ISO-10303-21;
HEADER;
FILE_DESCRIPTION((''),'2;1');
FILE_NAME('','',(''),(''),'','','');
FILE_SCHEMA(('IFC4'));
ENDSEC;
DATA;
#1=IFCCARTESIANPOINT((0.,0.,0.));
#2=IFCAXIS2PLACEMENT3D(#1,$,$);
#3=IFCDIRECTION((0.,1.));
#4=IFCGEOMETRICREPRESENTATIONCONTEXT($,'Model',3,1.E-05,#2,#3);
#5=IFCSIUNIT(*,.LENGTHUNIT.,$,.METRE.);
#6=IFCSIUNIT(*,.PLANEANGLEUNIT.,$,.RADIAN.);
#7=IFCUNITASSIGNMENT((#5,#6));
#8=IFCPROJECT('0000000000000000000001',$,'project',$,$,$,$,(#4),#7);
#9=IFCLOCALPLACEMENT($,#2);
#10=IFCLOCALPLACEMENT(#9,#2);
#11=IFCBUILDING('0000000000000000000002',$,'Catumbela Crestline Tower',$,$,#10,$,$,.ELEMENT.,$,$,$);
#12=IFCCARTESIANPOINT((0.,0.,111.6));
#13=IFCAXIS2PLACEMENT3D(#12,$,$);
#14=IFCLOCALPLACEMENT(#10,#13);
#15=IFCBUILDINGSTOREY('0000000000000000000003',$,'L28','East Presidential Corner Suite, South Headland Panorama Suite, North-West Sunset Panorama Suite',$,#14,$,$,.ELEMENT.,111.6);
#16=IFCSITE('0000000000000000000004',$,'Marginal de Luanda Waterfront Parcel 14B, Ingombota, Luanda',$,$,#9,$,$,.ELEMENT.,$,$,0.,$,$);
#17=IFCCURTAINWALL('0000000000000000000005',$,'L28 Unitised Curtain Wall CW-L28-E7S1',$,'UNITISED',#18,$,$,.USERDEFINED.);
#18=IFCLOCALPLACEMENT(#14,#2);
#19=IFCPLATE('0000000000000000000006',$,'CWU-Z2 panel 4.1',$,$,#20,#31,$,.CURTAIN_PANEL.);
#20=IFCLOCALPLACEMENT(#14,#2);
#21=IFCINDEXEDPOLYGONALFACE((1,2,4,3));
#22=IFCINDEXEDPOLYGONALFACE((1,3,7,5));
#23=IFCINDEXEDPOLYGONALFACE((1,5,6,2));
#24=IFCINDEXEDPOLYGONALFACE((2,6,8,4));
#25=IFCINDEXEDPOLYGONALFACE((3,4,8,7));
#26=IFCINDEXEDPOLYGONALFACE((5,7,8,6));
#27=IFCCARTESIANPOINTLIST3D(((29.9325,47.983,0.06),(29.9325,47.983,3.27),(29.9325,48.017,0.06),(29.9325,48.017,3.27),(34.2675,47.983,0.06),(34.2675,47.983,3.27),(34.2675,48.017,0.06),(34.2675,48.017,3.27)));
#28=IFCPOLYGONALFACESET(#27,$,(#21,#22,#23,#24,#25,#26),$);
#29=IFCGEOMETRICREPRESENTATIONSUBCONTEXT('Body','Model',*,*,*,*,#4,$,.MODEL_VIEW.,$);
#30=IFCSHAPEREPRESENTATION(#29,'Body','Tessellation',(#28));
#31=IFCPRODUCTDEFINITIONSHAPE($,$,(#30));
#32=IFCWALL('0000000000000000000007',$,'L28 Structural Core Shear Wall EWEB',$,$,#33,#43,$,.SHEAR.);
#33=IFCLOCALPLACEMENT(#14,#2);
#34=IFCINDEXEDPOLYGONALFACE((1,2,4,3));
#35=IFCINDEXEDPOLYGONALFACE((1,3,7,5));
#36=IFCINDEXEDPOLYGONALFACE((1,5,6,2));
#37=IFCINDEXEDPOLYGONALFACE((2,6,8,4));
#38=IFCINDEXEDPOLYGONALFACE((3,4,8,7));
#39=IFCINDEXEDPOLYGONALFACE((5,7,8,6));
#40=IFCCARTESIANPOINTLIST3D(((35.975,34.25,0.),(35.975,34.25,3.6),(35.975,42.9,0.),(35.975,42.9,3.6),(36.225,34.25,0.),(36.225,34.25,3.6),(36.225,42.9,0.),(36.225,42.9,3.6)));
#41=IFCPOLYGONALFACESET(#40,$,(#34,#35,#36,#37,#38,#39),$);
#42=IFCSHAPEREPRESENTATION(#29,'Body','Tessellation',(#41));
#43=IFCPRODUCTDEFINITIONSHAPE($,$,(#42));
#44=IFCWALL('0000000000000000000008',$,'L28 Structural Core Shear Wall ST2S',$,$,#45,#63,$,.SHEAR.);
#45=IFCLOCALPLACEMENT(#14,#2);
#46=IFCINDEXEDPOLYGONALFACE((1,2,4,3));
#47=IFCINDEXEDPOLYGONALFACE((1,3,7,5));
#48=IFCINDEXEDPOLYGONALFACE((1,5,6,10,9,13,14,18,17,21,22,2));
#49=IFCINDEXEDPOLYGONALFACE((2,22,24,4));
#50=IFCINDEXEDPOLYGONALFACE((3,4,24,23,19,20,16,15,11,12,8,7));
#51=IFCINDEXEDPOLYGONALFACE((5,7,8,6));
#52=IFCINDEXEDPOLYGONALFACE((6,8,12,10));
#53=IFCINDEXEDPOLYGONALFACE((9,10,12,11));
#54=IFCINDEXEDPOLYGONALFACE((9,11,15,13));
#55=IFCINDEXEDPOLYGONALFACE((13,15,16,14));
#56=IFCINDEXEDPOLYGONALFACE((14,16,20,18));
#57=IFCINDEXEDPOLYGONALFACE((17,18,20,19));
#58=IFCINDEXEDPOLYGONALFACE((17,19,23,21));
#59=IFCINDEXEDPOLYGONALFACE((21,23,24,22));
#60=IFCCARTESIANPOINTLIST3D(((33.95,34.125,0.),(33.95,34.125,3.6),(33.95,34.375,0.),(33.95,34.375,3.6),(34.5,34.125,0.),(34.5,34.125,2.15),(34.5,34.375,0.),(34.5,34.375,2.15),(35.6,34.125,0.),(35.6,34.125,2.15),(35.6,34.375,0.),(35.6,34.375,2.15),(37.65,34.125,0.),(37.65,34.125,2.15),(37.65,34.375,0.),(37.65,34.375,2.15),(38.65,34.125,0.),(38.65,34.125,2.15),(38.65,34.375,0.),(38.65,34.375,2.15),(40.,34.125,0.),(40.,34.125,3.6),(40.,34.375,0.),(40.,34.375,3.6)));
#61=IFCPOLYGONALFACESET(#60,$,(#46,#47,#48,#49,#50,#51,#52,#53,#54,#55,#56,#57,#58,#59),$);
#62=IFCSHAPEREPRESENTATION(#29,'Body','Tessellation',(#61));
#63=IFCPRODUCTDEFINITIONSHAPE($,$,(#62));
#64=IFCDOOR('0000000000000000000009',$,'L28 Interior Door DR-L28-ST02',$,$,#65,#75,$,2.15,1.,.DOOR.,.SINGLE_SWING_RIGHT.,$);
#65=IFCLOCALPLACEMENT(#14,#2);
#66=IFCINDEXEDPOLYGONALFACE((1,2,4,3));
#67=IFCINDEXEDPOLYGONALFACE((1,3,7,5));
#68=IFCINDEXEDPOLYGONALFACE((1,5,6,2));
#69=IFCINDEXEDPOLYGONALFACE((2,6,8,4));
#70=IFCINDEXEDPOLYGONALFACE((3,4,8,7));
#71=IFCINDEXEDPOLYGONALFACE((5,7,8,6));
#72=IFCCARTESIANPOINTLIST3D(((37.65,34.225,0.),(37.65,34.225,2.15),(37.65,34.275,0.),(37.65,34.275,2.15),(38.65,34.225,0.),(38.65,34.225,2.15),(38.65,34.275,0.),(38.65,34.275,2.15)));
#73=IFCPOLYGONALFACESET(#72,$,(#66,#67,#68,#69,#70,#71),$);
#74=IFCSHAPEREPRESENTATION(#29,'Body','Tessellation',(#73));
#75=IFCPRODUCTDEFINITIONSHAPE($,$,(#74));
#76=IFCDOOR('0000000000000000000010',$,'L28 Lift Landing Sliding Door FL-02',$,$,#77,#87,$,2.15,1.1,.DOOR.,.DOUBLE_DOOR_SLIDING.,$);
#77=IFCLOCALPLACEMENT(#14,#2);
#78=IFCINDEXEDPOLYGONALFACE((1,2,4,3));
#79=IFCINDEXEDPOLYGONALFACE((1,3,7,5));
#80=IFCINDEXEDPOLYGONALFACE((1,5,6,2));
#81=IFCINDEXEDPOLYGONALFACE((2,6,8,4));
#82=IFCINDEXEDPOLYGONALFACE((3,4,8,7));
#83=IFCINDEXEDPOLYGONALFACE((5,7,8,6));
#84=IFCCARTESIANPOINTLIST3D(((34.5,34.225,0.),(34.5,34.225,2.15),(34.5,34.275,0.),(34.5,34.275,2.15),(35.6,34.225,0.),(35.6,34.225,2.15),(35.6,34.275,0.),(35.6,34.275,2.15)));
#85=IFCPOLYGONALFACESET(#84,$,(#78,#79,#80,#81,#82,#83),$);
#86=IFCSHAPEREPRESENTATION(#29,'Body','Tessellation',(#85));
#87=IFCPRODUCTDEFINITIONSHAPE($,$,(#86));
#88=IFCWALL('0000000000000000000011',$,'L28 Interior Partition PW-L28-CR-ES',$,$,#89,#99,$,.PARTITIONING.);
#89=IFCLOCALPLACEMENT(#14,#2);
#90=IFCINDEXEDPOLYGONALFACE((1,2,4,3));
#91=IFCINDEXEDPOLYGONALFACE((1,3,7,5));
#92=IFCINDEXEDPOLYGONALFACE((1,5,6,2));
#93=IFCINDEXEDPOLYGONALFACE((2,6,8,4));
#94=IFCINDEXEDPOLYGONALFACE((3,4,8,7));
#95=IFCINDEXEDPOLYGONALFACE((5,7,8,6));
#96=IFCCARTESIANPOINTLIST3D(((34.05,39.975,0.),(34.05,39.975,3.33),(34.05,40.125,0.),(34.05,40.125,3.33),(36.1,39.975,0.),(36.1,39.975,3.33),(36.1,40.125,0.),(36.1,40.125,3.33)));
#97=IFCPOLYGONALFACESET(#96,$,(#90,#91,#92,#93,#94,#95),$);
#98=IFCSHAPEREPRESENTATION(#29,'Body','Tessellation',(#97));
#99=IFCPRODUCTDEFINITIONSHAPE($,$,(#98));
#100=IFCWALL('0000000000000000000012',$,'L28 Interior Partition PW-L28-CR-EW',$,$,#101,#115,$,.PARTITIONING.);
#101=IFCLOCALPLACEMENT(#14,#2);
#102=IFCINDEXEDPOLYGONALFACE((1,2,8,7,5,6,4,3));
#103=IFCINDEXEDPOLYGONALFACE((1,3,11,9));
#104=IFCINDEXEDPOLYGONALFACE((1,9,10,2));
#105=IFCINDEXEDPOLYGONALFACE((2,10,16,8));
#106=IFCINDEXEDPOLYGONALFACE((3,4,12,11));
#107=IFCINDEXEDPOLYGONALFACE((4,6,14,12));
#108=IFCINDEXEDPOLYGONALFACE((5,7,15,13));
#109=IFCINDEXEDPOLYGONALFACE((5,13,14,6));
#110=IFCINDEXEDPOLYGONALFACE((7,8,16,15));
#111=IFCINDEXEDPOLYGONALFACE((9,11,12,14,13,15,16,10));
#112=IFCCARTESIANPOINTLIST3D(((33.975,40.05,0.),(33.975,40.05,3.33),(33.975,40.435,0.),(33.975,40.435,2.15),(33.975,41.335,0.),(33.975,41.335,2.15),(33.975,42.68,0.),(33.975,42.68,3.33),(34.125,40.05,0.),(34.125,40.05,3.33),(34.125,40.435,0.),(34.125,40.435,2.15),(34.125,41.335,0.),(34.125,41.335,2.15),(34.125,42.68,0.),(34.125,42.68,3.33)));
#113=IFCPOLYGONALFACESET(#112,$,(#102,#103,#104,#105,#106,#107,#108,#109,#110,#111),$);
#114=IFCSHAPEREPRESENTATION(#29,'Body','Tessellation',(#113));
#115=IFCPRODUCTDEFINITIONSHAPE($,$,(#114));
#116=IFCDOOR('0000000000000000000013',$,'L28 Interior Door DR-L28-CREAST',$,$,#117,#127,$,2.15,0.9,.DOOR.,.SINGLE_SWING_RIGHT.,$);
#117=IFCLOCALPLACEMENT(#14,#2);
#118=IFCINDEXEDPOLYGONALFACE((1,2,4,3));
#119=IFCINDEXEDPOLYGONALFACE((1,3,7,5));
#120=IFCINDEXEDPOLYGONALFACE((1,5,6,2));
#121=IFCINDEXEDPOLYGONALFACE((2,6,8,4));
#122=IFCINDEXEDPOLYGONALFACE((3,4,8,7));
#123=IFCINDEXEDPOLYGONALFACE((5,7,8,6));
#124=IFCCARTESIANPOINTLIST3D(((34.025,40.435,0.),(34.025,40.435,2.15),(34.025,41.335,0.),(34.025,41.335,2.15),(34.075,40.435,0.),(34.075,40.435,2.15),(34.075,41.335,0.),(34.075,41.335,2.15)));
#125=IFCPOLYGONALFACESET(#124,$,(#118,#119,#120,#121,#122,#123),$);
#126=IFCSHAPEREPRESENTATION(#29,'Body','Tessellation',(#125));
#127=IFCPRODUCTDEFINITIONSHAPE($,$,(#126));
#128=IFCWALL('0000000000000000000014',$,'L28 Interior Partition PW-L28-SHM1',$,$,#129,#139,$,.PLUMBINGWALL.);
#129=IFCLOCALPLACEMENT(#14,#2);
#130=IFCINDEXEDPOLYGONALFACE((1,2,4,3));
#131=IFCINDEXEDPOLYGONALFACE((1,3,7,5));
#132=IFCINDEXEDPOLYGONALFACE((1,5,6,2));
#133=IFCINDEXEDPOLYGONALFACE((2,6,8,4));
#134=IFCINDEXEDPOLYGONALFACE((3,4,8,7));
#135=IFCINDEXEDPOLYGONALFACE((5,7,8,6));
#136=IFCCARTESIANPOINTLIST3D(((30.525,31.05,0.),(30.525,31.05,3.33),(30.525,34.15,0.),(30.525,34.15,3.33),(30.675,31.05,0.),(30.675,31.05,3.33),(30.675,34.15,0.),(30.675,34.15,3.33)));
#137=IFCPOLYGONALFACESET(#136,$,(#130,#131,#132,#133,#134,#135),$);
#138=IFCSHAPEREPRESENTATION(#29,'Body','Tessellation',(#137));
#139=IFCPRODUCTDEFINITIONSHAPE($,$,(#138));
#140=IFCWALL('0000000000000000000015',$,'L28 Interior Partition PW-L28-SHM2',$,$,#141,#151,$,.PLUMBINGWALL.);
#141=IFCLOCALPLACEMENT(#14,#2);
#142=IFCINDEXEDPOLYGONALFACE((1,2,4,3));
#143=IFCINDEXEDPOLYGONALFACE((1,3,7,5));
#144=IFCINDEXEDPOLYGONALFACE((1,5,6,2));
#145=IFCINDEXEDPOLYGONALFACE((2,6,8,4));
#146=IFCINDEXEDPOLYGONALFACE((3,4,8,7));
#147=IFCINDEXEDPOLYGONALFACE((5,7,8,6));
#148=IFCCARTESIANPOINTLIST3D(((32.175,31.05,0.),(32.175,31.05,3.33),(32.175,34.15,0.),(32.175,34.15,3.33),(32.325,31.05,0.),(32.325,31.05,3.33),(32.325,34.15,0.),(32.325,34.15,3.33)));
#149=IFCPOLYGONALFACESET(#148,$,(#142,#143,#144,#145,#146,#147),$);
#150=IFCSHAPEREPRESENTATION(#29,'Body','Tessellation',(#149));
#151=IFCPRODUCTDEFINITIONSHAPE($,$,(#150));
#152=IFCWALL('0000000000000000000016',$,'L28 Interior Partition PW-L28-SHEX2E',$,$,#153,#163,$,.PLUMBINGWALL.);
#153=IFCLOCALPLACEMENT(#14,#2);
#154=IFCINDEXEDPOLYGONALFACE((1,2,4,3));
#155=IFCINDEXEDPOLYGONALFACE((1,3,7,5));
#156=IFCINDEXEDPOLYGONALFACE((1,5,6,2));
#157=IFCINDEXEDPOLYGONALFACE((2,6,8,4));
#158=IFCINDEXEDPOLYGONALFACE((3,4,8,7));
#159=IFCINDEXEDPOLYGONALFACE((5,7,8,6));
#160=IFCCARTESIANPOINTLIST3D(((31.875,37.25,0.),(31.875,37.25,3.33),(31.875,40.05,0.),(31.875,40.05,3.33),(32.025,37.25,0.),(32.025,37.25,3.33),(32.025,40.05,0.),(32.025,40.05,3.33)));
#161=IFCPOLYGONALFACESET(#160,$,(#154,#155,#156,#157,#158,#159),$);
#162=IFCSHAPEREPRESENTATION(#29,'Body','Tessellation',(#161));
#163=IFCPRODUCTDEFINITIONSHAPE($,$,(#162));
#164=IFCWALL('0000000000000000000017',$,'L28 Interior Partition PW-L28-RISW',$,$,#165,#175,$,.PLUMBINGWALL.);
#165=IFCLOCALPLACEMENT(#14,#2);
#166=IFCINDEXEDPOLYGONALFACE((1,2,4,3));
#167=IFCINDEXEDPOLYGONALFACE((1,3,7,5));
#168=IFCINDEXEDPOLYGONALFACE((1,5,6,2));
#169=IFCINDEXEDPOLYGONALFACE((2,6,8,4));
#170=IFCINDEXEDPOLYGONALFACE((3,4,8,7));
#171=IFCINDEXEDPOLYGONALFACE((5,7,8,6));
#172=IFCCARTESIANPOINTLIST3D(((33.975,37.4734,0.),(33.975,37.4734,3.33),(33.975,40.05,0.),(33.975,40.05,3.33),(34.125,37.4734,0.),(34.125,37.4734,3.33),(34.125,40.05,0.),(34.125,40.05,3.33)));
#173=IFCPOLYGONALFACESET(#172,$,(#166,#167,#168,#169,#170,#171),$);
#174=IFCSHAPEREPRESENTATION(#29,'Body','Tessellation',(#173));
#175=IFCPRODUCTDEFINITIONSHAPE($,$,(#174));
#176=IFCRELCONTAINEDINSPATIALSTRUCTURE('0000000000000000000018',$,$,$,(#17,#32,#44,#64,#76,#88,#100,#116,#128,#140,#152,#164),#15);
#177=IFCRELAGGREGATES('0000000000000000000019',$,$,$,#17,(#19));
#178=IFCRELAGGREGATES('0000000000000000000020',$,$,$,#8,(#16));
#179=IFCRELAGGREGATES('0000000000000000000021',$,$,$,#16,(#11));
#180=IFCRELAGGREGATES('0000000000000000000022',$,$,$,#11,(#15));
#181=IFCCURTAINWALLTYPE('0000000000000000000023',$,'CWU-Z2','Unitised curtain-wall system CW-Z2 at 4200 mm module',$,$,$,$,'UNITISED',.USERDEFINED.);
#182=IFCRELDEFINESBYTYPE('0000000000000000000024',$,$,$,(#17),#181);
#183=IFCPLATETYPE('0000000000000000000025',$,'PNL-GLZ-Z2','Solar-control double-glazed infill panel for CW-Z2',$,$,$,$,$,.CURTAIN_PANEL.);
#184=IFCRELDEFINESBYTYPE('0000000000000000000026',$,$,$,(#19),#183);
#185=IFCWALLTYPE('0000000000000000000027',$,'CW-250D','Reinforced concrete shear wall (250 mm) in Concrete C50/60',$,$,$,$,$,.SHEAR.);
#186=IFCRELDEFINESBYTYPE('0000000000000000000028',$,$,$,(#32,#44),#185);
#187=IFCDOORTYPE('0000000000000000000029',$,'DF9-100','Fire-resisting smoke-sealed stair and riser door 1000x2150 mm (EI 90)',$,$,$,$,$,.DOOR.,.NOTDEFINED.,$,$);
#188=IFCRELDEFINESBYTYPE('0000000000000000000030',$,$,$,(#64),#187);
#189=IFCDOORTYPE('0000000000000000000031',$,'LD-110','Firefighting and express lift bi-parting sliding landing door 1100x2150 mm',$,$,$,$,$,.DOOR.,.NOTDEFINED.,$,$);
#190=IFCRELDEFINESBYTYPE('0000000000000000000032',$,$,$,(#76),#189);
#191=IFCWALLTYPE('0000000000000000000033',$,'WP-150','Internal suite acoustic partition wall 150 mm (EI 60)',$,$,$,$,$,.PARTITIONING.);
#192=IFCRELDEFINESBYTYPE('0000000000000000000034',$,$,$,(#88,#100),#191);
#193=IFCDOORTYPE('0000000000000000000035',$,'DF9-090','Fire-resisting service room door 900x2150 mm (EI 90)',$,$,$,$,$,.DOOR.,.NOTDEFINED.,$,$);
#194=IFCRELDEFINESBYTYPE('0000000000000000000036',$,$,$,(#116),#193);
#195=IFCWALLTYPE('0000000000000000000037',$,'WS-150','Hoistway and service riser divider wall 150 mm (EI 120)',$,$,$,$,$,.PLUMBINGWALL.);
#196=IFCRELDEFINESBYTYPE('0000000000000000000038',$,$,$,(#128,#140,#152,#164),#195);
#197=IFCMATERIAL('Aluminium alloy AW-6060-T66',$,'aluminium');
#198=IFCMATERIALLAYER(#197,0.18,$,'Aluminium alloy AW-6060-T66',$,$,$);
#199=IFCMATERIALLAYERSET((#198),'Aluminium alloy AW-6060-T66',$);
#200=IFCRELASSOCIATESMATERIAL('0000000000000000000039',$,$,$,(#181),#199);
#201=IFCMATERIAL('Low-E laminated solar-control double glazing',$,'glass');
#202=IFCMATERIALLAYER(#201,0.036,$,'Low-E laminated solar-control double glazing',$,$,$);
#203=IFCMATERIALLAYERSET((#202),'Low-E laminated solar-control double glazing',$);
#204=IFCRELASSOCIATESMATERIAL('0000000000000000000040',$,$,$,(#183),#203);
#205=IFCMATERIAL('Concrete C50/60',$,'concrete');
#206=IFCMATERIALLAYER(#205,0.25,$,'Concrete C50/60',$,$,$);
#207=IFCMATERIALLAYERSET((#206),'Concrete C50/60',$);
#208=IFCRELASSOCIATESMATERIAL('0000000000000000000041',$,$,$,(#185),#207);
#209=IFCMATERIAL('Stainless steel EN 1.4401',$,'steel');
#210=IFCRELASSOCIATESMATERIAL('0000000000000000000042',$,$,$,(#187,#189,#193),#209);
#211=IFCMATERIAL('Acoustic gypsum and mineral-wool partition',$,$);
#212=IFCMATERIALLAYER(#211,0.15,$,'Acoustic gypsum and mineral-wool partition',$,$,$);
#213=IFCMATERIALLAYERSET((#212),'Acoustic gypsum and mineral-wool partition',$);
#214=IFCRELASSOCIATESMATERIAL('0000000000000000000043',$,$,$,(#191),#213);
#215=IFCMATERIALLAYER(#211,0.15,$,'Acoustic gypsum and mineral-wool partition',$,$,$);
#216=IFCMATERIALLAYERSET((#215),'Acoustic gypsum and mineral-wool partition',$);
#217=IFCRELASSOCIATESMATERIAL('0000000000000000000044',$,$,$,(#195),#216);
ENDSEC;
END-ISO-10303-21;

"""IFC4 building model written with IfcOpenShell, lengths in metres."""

from ifc_helpers import new_model, si_unit, direction, frame, frame_2d, origin, origin_2d, place, context, subcontext, project, spatial, rectangle, extrude, material, layer, layer_set, type_object, element, fill, aggregate, save


model = new_model("IFC4")

# Units and contexts
model_context = context("Model", 3, precision=1e-05, world=origin(), true_north=direction((0.0, 1.0)))
body_context = subcontext(model_context, "Body", "Model", "MODEL_VIEW")
ifc_project = project(units=[si_unit("LENGTHUNIT", "METRE"), si_unit("PLANEANGLEUNIT", "RADIAN")], contexts=[model_context])

# Site, building, storey
site_placement = place(None, origin())
site = spatial("IfcSite", under=ifc_project, at=site_placement, Name="Marginal de Luanda Waterfront Parcel 14B, Ingombota, Luanda", CompositionType="ELEMENT", RefElevation=0.0)
building_placement = place(site_placement, origin())
building = spatial("IfcBuilding", under=site, at=building_placement, Name="Catumbela Crestline Tower", CompositionType="ELEMENT")
storey_placement = place(building_placement, frame((0.0, 0.0, 111.6)))
storey = spatial("IfcBuildingStorey", under=building, at=storey_placement, Name="L28", Description="East Presidential Corner Suite, South Headland Panorama Suite, North-West Sunset Panorama Suite", CompositionType="ELEMENT", Elevation=111.6)

# Shared definitions
ifc_material_1 = material(Name="Concrete C50/60", Category="concrete")

# Curtain wall
ifc_material_2 = material(Name="Aluminium alloy AW-6060-T66", Category="aluminium")
ifc_layer_1 = layer(ifc_material_2, 0.18, Name="Aluminium alloy AW-6060-T66")
ifc_layer_set_1 = layer_set([ifc_layer_1], Name="Aluminium alloy AW-6060-T66")
curtain_wall_type = type_object("IfcCurtainWallType", Name="CWU-Z2", Description="Unitised curtain-wall system CW-Z2 at 4200 mm module", ElementType="UNITISED", PredefinedType="USERDEFINED", material=ifc_layer_set_1)
curtain_wall_placement = place(storey_placement, origin())
curtain_wall = element("IfcCurtainWall", 1, at=curtain_wall_placement, inside=storey, type_object=curtain_wall_type, Name="L28 Unitised Curtain Wall CW-L28-E7S1", ObjectType="UNITISED", PredefinedType="USERDEFINED")

# Plate
ifc_material_3 = material(Name="Low-E laminated solar-control double glazing", Category="glass")
ifc_layer_2 = layer(ifc_material_3, 0.036, Name="Low-E laminated solar-control double glazing")
ifc_layer_set_2 = layer_set([ifc_layer_2], Name="Low-E laminated solar-control double glazing")
plate_type = type_object("IfcPlateType", Name="PNL-GLZ-Z2", Description="Solar-control double-glazed infill panel for CW-Z2", PredefinedType="CURTAIN_PANEL", material=ifc_layer_set_2)
plate_1_placement = place(storey_placement, frame((32.1, 48.0, 0.06), z_axis=(0.0, 0.0, 1.0), x_axis=(-1.0, 0.0, 0.0)))
plate_1 = element("IfcPlate", 2, at=plate_1_placement, type_object=plate_type, Name="CWU-Z2 panel 4.1", PredefinedType="CURTAIN_PANEL", context=body_context, shape_type="SweptSolid", body=[
    extrude(rectangle(XDim=4.335, YDim=0.034, at=origin_2d()), origin(), (0.0, 0.0, 1.0), 3.21),
])
aggregate(curtain_wall, [plate_1])

# Wall
ifc_layer_3 = layer(ifc_material_1, 0.25, Name="Concrete C50/60")
ifc_layer_set_3 = layer_set([ifc_layer_3], Name="Concrete C50/60")
wall_type_1 = type_object("IfcWallType", Name="CW-250D", Description="Reinforced concrete shear wall (250 mm) in Concrete C50/60", PredefinedType="SHEAR", material=ifc_layer_set_3)
wall_1_placement = place(storey_placement, frame((36.1, 34.25, 0.0), z_axis=(0.0, 0.0, 1.0), x_axis=(0.0, 1.0, 0.0)))
element("IfcWall", 3, at=wall_1_placement, inside=storey, type_object=wall_type_1, Name="L28 Structural Core Shear Wall EWEB", PredefinedType="SHEAR", context=body_context, shape_type="SweptSolid", body=[
    extrude(rectangle(XDim=8.65, YDim=0.25, at=frame_2d((4.325, 0.0))), origin(), (0.0, 0.0, 1.0), 3.6),
])

# Wall, openings, doors
wall_2_placement = place(storey_placement, frame((33.95, 34.25, 0.0), z_axis=(0.0, 0.0, 1.0), x_axis=(1.0, 0.0, 0.0)))
wall_2 = element("IfcWall", 4, at=wall_2_placement, inside=storey, type_object=wall_type_1, Name="L28 Structural Core Shear Wall ST2S", PredefinedType="SHEAR", context=body_context, shape_type="SweptSolid", body=[
    extrude(rectangle(XDim=6.05, YDim=0.25, at=frame_2d((3.025, 0.0))), origin(), (0.0, 0.0, 1.0), 3.6),
])
opening_1_placement = place(wall_2_placement, frame((3.7, 0.0, 0.0)))
opening_1 = element("IfcOpeningElement", 5, at=opening_1_placement, cuts=wall_2, PredefinedType="OPENING", context=body_context, shape_type="SweptSolid", body=[
    extrude(rectangle(XDim=1.0, YDim=2.15, at=frame_2d((0.5, 1.075))), frame((0.0, 0.135, 0.0), z_axis=(0.0, -1.0, 0.0), x_axis=(1.0, 0.0, 0.0)), (0.0, 0.0, 1.0), 0.27),
])
opening_2_placement = place(wall_2_placement, frame((0.55, 0.0, 0.0)))
opening_2 = element("IfcOpeningElement", 6, at=opening_2_placement, cuts=wall_2, PredefinedType="OPENING", context=body_context, shape_type="SweptSolid", body=[
    extrude(rectangle(XDim=1.1, YDim=2.15, at=frame_2d((0.55, 1.075))), frame((0.0, 0.135, 0.0), z_axis=(0.0, -1.0, 0.0), x_axis=(1.0, 0.0, 0.0)), (0.0, 0.0, 1.0), 0.27),
])
ifc_material_4 = material(Name="Stainless steel EN 1.4401", Category="steel")
door_type_1 = type_object("IfcDoorType", Name="DF9-100", Description="Fire-resisting smoke-sealed stair and riser door 1000x2150 mm (EI 90)", OperationType="NOTDEFINED", PredefinedType="DOOR", material=ifc_material_4)
door_1_placement = place(opening_1_placement, origin())
door_1 = element("IfcDoor", 7, at=door_1_placement, inside=storey, type_object=door_type_1, Name="L28 Interior Door DR-L28-ST02", OperationType="SINGLE_SWING_RIGHT", OverallHeight=2.15, OverallWidth=1.0, PredefinedType="DOOR", context=body_context, shape_type="SweptSolid", body=[
    extrude(rectangle(XDim=1.0, YDim=2.15, at=frame_2d((0.5, 1.075))), frame((0.0, 0.025, 0.0), z_axis=(0.0, -1.0, 0.0), x_axis=(1.0, 0.0, 0.0)), (0.0, 0.0, 1.0), 0.05),
])
fill(opening_1, door_1)
door_type_2 = type_object("IfcDoorType", Name="LD-110", Description="Firefighting and express lift bi-parting sliding landing door 1100x2150 mm", OperationType="NOTDEFINED", PredefinedType="DOOR", material=ifc_material_4)
door_2_placement = place(opening_2_placement, origin())
door_2 = element("IfcDoor", 8, at=door_2_placement, inside=storey, type_object=door_type_2, Name="L28 Lift Landing Sliding Door FL-02", OperationType="DOUBLE_DOOR_SLIDING", OverallHeight=2.15, OverallWidth=1.1, PredefinedType="DOOR", context=body_context, shape_type="SweptSolid", body=[
    extrude(rectangle(XDim=1.1, YDim=2.15, at=frame_2d((0.55, 1.075))), frame((0.0, 0.025, 0.0), z_axis=(0.0, -1.0, 0.0), x_axis=(1.0, 0.0, 0.0)), (0.0, 0.0, 1.0), 0.05),
])
fill(opening_2, door_2)

# Wall
ifc_material_5 = material(Name="Acoustic gypsum and mineral-wool partition")
ifc_layer_4 = layer(ifc_material_5, 0.15, Name="Acoustic gypsum and mineral-wool partition")
ifc_layer_set_4 = layer_set([ifc_layer_4], Name="Acoustic gypsum and mineral-wool partition")
wall_type_2 = type_object("IfcWallType", Name="WP-150", Description="Internal suite acoustic partition wall 150 mm (EI 60)", PredefinedType="PARTITIONING", material=ifc_layer_set_4)
wall_3_placement = place(storey_placement, frame((34.05, 40.05, 0.0), z_axis=(0.0, 0.0, 1.0), x_axis=(1.0, 0.0, 0.0)))
element("IfcWall", 9, at=wall_3_placement, inside=storey, type_object=wall_type_2, Name="L28 Interior Partition PW-L28-CR-ES", PredefinedType="PARTITIONING", context=body_context, shape_type="SweptSolid", body=[
    extrude(rectangle(XDim=2.05, YDim=0.15, at=frame_2d((1.025, 0.0))), origin(), (0.0, 0.0, 1.0), 3.33),
])

# Wall, opening, door
wall_4_placement = place(storey_placement, frame((34.05, 40.05, 0.0), z_axis=(0.0, 0.0, 1.0), x_axis=(0.0, 1.0, 0.0)))
wall_4 = element("IfcWall", 10, at=wall_4_placement, inside=storey, type_object=wall_type_2, Name="L28 Interior Partition PW-L28-CR-EW", PredefinedType="PARTITIONING", context=body_context, shape_type="SweptSolid", body=[
    extrude(rectangle(XDim=2.63, YDim=0.15, at=frame_2d((1.315, 0.0))), origin(), (0.0, 0.0, 1.0), 3.33),
])
opening_3_placement = place(wall_4_placement, frame((0.385, 0.0, 0.0)))
opening_3 = element("IfcOpeningElement", 11, at=opening_3_placement, cuts=wall_4, PredefinedType="OPENING", context=body_context, shape_type="SweptSolid", body=[
    extrude(rectangle(XDim=0.9, YDim=2.15, at=frame_2d((0.45, 1.075))), frame((0.0, 0.085, 0.0), z_axis=(0.0, -1.0, 0.0), x_axis=(1.0, 0.0, 0.0)), (0.0, 0.0, 1.0), 0.17),
])
door_type_3 = type_object("IfcDoorType", Name="DF9-090", Description="Fire-resisting service room door 900x2150 mm (EI 90)", OperationType="NOTDEFINED", PredefinedType="DOOR", material=ifc_material_4)
door_3_placement = place(opening_3_placement, origin())
door_3 = element("IfcDoor", 12, at=door_3_placement, inside=storey, type_object=door_type_3, Name="L28 Interior Door DR-L28-CREAST", OperationType="SINGLE_SWING_RIGHT", OverallHeight=2.15, OverallWidth=0.9, PredefinedType="DOOR", context=body_context, shape_type="SweptSolid", body=[
    extrude(rectangle(XDim=0.9, YDim=2.15, at=frame_2d((0.45, 1.075))), frame((0.0, 0.025, 0.0), z_axis=(0.0, -1.0, 0.0), x_axis=(1.0, 0.0, 0.0)), (0.0, 0.0, 1.0), 0.05),
])
fill(opening_3, door_3)

# Walls
ifc_layer_5 = layer(ifc_material_5, 0.15, Name="Acoustic gypsum and mineral-wool partition")
ifc_layer_set_5 = layer_set([ifc_layer_5], Name="Acoustic gypsum and mineral-wool partition")
wall_type_3 = type_object("IfcWallType", Name="WS-150", Description="Hoistway and service riser divider wall 150 mm (EI 120)", PredefinedType="PLUMBINGWALL", material=ifc_layer_set_5)
for number, where, z_axis, x_axis, name in (
    (13, (30.6, 31.05, 0.0), (0.0, 0.0, 1.0), (0.0, 1.0, 0.0), "L28 Interior Partition PW-L28-SHM1"),
    (14, (32.25, 31.05, 0.0), (0.0, 0.0, 1.0), (0.0, 1.0, 0.0), "L28 Interior Partition PW-L28-SHM2"),
):
    element("IfcWall", number, at=place(storey_placement, frame(where, z_axis=z_axis, x_axis=x_axis)), inside=storey, type_object=wall_type_3, Name=name, PredefinedType="PLUMBINGWALL", context=body_context, shape_type="SweptSolid", body=[
        extrude(rectangle(XDim=3.1, YDim=0.15, at=frame_2d((1.55, 0.0))), origin(), (0.0, 0.0, 1.0), 3.33),
    ])
wall_5_placement = place(storey_placement, frame((31.95, 37.25, 0.0), z_axis=(0.0, 0.0, 1.0), x_axis=(0.0, 1.0, 0.0)))
element("IfcWall", 15, at=wall_5_placement, inside=storey, type_object=wall_type_3, Name="L28 Interior Partition PW-L28-SHEX2E", PredefinedType="PLUMBINGWALL", context=body_context, shape_type="SweptSolid", body=[
    extrude(rectangle(XDim=2.8, YDim=0.15, at=frame_2d((1.4, 0.0))), origin(), (0.0, 0.0, 1.0), 3.33),
])
wall_6_placement = place(storey_placement, frame((34.05, 37.4734, 0.0), z_axis=(0.0, 0.0, 1.0), x_axis=(0.0, 1.0, 0.0)))
element("IfcWall", 16, at=wall_6_placement, inside=storey, type_object=wall_type_3, Name="L28 Interior Partition PW-L28-RISW", PredefinedType="PLUMBINGWALL", context=body_context, shape_type="SweptSolid", body=[
    extrude(rectangle(XDim=2.5766, YDim=0.15, at=frame_2d((1.2883, 0.0))), origin(), (0.0, 0.0, 1.0), 3.33),
])

save(model, "model.ifc")
